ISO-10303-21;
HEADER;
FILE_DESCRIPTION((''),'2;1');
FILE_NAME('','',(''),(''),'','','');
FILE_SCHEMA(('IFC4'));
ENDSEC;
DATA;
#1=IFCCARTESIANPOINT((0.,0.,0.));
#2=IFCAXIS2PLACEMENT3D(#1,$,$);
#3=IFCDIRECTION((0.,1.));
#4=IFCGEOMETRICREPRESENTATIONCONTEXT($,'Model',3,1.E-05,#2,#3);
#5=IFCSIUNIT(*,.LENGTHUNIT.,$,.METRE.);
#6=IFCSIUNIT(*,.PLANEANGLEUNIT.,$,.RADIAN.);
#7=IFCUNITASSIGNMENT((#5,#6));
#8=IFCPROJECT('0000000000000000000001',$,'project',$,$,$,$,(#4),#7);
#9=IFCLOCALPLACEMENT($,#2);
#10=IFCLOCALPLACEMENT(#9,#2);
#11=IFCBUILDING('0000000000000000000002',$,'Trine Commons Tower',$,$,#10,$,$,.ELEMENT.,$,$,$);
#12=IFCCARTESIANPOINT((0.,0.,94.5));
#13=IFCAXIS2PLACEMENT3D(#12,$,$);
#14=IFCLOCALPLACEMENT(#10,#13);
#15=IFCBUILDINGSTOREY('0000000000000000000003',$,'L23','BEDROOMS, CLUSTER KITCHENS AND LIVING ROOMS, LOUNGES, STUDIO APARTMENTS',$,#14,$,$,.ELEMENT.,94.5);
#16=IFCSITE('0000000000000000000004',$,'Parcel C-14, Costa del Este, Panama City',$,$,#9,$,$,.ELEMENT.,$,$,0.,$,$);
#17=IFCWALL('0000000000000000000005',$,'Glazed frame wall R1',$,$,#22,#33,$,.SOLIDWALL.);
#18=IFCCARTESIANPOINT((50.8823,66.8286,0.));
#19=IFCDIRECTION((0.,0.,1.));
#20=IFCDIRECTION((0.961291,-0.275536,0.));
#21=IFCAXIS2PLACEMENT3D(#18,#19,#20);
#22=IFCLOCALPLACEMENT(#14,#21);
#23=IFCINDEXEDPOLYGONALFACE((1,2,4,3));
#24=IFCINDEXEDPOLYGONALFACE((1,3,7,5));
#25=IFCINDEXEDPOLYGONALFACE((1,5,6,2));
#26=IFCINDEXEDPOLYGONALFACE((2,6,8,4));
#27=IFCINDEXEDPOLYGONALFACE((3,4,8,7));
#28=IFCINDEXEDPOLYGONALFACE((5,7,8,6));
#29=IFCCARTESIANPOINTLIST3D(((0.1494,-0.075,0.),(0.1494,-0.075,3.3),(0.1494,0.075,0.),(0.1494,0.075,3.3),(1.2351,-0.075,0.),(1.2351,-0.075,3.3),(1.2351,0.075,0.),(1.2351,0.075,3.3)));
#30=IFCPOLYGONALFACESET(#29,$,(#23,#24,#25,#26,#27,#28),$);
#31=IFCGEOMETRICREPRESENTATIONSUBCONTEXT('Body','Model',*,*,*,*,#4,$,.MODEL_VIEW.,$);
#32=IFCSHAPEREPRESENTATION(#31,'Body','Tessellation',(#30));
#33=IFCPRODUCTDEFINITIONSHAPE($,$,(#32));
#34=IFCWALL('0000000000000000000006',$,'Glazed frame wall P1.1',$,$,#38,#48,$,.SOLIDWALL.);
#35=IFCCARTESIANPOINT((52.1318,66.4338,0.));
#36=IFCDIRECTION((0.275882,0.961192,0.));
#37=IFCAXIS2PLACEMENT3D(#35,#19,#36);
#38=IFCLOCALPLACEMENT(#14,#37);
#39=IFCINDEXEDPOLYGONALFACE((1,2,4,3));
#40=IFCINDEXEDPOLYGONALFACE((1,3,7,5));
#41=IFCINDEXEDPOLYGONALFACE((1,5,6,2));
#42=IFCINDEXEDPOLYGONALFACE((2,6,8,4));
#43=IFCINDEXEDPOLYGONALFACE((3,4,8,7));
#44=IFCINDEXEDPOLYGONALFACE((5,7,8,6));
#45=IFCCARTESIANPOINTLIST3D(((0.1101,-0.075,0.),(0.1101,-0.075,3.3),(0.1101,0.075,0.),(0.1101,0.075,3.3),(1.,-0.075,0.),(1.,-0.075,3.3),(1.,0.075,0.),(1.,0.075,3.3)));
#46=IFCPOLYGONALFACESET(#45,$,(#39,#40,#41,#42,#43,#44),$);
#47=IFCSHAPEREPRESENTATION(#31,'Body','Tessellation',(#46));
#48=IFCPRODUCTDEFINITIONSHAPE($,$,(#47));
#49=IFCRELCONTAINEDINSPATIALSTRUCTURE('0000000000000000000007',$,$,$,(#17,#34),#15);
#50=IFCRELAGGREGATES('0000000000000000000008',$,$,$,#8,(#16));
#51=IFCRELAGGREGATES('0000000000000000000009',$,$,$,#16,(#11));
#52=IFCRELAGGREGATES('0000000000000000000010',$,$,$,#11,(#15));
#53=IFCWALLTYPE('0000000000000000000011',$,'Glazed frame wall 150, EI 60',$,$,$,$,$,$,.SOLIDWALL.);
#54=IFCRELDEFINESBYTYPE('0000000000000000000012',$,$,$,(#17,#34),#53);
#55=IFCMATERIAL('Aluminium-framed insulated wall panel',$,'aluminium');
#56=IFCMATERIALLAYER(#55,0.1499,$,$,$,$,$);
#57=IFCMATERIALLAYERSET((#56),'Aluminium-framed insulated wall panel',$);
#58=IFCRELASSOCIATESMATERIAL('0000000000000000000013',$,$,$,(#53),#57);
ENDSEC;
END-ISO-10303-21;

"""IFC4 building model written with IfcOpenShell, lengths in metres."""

from ifc_helpers import new_model, si_unit, direction, frame, origin, place, context, subcontext, project, spatial, polyline, outline, extrude, material, layer, layer_set, type_object, element, save


model = new_model("IFC4")

# Units and contexts
model_context = context("Model", 3, precision=1e-05, world=origin(), true_north=direction((0.0, 1.0)))
body_context = subcontext(model_context, "Body", "Model", "MODEL_VIEW")
ifc_project = project(units=[si_unit("LENGTHUNIT", "METRE"), si_unit("PLANEANGLEUNIT", "RADIAN")], contexts=[model_context])

# Site, building, storey
site_placement = place(None, origin())
site = spatial("IfcSite", under=ifc_project, at=site_placement, Name="Parcel C-14, Costa del Este, Panama City", CompositionType="ELEMENT", RefElevation=0.0)
building_placement = place(site_placement, origin())
building = spatial("IfcBuilding", under=site, at=building_placement, Name="Trine Commons Tower", CompositionType="ELEMENT")
storey_placement = place(building_placement, frame((0.0, 0.0, 94.5)))
storey = spatial("IfcBuildingStorey", under=building, at=storey_placement, Name="L23", Description="BEDROOMS, CLUSTER KITCHENS AND LIVING ROOMS, LOUNGES, STUDIO APARTMENTS", CompositionType="ELEMENT", Elevation=94.5)

# Walls
ifc_material_1 = material(Name="Aluminium-framed insulated wall panel", Category="aluminium")
ifc_layer_1 = layer(ifc_material_1, 0.1499)
ifc_layer_set_1 = layer_set([ifc_layer_1], Name="Aluminium-framed insulated wall panel")
wall_type_1 = type_object("IfcWallType", Name="Glazed frame wall 150, EI 60", PredefinedType="SOLIDWALL", material=ifc_layer_set_1)
wall_1_placement = place(storey_placement, frame((50.8823, 66.8286, 0.0), z_axis=(0.0, 0.0, 1.0), x_axis=(0.961291, -0.275536, 0.0)))
element("IfcWall", 1, at=wall_1_placement, inside=storey, type_object=wall_type_1, Name="Glazed frame wall R1", PredefinedType="SOLIDWALL", context=body_context, shape_type="SweptSolid", body=[
    extrude(outline(polyline([(0.1494, 0.075), (0.1494, -0.075), (1.2351, -0.075), (1.2351, 0.075), (0.1494, 0.075)])), origin(), (0.0, 0.0, 1.0), 3.3),
])
wall_2_placement = place(storey_placement, frame((52.1318, 66.4338, 0.0), z_axis=(0.0, 0.0, 1.0), x_axis=(0.275882, 0.961192, 0.0)))
element("IfcWall", 2, at=wall_2_placement, inside=storey, type_object=wall_type_1, Name="Glazed frame wall P1.1", PredefinedType="SOLIDWALL", context=body_context, shape_type="SweptSolid", body=[
    extrude(outline(polyline([(0.1101, -0.075), (1.0, -0.075), (1.0, 0.075), (0.1101, 0.075), (0.1101, -0.075)])), origin(), (0.0, 0.0, 1.0), 3.3),
])

save(model, "model.ifc")
